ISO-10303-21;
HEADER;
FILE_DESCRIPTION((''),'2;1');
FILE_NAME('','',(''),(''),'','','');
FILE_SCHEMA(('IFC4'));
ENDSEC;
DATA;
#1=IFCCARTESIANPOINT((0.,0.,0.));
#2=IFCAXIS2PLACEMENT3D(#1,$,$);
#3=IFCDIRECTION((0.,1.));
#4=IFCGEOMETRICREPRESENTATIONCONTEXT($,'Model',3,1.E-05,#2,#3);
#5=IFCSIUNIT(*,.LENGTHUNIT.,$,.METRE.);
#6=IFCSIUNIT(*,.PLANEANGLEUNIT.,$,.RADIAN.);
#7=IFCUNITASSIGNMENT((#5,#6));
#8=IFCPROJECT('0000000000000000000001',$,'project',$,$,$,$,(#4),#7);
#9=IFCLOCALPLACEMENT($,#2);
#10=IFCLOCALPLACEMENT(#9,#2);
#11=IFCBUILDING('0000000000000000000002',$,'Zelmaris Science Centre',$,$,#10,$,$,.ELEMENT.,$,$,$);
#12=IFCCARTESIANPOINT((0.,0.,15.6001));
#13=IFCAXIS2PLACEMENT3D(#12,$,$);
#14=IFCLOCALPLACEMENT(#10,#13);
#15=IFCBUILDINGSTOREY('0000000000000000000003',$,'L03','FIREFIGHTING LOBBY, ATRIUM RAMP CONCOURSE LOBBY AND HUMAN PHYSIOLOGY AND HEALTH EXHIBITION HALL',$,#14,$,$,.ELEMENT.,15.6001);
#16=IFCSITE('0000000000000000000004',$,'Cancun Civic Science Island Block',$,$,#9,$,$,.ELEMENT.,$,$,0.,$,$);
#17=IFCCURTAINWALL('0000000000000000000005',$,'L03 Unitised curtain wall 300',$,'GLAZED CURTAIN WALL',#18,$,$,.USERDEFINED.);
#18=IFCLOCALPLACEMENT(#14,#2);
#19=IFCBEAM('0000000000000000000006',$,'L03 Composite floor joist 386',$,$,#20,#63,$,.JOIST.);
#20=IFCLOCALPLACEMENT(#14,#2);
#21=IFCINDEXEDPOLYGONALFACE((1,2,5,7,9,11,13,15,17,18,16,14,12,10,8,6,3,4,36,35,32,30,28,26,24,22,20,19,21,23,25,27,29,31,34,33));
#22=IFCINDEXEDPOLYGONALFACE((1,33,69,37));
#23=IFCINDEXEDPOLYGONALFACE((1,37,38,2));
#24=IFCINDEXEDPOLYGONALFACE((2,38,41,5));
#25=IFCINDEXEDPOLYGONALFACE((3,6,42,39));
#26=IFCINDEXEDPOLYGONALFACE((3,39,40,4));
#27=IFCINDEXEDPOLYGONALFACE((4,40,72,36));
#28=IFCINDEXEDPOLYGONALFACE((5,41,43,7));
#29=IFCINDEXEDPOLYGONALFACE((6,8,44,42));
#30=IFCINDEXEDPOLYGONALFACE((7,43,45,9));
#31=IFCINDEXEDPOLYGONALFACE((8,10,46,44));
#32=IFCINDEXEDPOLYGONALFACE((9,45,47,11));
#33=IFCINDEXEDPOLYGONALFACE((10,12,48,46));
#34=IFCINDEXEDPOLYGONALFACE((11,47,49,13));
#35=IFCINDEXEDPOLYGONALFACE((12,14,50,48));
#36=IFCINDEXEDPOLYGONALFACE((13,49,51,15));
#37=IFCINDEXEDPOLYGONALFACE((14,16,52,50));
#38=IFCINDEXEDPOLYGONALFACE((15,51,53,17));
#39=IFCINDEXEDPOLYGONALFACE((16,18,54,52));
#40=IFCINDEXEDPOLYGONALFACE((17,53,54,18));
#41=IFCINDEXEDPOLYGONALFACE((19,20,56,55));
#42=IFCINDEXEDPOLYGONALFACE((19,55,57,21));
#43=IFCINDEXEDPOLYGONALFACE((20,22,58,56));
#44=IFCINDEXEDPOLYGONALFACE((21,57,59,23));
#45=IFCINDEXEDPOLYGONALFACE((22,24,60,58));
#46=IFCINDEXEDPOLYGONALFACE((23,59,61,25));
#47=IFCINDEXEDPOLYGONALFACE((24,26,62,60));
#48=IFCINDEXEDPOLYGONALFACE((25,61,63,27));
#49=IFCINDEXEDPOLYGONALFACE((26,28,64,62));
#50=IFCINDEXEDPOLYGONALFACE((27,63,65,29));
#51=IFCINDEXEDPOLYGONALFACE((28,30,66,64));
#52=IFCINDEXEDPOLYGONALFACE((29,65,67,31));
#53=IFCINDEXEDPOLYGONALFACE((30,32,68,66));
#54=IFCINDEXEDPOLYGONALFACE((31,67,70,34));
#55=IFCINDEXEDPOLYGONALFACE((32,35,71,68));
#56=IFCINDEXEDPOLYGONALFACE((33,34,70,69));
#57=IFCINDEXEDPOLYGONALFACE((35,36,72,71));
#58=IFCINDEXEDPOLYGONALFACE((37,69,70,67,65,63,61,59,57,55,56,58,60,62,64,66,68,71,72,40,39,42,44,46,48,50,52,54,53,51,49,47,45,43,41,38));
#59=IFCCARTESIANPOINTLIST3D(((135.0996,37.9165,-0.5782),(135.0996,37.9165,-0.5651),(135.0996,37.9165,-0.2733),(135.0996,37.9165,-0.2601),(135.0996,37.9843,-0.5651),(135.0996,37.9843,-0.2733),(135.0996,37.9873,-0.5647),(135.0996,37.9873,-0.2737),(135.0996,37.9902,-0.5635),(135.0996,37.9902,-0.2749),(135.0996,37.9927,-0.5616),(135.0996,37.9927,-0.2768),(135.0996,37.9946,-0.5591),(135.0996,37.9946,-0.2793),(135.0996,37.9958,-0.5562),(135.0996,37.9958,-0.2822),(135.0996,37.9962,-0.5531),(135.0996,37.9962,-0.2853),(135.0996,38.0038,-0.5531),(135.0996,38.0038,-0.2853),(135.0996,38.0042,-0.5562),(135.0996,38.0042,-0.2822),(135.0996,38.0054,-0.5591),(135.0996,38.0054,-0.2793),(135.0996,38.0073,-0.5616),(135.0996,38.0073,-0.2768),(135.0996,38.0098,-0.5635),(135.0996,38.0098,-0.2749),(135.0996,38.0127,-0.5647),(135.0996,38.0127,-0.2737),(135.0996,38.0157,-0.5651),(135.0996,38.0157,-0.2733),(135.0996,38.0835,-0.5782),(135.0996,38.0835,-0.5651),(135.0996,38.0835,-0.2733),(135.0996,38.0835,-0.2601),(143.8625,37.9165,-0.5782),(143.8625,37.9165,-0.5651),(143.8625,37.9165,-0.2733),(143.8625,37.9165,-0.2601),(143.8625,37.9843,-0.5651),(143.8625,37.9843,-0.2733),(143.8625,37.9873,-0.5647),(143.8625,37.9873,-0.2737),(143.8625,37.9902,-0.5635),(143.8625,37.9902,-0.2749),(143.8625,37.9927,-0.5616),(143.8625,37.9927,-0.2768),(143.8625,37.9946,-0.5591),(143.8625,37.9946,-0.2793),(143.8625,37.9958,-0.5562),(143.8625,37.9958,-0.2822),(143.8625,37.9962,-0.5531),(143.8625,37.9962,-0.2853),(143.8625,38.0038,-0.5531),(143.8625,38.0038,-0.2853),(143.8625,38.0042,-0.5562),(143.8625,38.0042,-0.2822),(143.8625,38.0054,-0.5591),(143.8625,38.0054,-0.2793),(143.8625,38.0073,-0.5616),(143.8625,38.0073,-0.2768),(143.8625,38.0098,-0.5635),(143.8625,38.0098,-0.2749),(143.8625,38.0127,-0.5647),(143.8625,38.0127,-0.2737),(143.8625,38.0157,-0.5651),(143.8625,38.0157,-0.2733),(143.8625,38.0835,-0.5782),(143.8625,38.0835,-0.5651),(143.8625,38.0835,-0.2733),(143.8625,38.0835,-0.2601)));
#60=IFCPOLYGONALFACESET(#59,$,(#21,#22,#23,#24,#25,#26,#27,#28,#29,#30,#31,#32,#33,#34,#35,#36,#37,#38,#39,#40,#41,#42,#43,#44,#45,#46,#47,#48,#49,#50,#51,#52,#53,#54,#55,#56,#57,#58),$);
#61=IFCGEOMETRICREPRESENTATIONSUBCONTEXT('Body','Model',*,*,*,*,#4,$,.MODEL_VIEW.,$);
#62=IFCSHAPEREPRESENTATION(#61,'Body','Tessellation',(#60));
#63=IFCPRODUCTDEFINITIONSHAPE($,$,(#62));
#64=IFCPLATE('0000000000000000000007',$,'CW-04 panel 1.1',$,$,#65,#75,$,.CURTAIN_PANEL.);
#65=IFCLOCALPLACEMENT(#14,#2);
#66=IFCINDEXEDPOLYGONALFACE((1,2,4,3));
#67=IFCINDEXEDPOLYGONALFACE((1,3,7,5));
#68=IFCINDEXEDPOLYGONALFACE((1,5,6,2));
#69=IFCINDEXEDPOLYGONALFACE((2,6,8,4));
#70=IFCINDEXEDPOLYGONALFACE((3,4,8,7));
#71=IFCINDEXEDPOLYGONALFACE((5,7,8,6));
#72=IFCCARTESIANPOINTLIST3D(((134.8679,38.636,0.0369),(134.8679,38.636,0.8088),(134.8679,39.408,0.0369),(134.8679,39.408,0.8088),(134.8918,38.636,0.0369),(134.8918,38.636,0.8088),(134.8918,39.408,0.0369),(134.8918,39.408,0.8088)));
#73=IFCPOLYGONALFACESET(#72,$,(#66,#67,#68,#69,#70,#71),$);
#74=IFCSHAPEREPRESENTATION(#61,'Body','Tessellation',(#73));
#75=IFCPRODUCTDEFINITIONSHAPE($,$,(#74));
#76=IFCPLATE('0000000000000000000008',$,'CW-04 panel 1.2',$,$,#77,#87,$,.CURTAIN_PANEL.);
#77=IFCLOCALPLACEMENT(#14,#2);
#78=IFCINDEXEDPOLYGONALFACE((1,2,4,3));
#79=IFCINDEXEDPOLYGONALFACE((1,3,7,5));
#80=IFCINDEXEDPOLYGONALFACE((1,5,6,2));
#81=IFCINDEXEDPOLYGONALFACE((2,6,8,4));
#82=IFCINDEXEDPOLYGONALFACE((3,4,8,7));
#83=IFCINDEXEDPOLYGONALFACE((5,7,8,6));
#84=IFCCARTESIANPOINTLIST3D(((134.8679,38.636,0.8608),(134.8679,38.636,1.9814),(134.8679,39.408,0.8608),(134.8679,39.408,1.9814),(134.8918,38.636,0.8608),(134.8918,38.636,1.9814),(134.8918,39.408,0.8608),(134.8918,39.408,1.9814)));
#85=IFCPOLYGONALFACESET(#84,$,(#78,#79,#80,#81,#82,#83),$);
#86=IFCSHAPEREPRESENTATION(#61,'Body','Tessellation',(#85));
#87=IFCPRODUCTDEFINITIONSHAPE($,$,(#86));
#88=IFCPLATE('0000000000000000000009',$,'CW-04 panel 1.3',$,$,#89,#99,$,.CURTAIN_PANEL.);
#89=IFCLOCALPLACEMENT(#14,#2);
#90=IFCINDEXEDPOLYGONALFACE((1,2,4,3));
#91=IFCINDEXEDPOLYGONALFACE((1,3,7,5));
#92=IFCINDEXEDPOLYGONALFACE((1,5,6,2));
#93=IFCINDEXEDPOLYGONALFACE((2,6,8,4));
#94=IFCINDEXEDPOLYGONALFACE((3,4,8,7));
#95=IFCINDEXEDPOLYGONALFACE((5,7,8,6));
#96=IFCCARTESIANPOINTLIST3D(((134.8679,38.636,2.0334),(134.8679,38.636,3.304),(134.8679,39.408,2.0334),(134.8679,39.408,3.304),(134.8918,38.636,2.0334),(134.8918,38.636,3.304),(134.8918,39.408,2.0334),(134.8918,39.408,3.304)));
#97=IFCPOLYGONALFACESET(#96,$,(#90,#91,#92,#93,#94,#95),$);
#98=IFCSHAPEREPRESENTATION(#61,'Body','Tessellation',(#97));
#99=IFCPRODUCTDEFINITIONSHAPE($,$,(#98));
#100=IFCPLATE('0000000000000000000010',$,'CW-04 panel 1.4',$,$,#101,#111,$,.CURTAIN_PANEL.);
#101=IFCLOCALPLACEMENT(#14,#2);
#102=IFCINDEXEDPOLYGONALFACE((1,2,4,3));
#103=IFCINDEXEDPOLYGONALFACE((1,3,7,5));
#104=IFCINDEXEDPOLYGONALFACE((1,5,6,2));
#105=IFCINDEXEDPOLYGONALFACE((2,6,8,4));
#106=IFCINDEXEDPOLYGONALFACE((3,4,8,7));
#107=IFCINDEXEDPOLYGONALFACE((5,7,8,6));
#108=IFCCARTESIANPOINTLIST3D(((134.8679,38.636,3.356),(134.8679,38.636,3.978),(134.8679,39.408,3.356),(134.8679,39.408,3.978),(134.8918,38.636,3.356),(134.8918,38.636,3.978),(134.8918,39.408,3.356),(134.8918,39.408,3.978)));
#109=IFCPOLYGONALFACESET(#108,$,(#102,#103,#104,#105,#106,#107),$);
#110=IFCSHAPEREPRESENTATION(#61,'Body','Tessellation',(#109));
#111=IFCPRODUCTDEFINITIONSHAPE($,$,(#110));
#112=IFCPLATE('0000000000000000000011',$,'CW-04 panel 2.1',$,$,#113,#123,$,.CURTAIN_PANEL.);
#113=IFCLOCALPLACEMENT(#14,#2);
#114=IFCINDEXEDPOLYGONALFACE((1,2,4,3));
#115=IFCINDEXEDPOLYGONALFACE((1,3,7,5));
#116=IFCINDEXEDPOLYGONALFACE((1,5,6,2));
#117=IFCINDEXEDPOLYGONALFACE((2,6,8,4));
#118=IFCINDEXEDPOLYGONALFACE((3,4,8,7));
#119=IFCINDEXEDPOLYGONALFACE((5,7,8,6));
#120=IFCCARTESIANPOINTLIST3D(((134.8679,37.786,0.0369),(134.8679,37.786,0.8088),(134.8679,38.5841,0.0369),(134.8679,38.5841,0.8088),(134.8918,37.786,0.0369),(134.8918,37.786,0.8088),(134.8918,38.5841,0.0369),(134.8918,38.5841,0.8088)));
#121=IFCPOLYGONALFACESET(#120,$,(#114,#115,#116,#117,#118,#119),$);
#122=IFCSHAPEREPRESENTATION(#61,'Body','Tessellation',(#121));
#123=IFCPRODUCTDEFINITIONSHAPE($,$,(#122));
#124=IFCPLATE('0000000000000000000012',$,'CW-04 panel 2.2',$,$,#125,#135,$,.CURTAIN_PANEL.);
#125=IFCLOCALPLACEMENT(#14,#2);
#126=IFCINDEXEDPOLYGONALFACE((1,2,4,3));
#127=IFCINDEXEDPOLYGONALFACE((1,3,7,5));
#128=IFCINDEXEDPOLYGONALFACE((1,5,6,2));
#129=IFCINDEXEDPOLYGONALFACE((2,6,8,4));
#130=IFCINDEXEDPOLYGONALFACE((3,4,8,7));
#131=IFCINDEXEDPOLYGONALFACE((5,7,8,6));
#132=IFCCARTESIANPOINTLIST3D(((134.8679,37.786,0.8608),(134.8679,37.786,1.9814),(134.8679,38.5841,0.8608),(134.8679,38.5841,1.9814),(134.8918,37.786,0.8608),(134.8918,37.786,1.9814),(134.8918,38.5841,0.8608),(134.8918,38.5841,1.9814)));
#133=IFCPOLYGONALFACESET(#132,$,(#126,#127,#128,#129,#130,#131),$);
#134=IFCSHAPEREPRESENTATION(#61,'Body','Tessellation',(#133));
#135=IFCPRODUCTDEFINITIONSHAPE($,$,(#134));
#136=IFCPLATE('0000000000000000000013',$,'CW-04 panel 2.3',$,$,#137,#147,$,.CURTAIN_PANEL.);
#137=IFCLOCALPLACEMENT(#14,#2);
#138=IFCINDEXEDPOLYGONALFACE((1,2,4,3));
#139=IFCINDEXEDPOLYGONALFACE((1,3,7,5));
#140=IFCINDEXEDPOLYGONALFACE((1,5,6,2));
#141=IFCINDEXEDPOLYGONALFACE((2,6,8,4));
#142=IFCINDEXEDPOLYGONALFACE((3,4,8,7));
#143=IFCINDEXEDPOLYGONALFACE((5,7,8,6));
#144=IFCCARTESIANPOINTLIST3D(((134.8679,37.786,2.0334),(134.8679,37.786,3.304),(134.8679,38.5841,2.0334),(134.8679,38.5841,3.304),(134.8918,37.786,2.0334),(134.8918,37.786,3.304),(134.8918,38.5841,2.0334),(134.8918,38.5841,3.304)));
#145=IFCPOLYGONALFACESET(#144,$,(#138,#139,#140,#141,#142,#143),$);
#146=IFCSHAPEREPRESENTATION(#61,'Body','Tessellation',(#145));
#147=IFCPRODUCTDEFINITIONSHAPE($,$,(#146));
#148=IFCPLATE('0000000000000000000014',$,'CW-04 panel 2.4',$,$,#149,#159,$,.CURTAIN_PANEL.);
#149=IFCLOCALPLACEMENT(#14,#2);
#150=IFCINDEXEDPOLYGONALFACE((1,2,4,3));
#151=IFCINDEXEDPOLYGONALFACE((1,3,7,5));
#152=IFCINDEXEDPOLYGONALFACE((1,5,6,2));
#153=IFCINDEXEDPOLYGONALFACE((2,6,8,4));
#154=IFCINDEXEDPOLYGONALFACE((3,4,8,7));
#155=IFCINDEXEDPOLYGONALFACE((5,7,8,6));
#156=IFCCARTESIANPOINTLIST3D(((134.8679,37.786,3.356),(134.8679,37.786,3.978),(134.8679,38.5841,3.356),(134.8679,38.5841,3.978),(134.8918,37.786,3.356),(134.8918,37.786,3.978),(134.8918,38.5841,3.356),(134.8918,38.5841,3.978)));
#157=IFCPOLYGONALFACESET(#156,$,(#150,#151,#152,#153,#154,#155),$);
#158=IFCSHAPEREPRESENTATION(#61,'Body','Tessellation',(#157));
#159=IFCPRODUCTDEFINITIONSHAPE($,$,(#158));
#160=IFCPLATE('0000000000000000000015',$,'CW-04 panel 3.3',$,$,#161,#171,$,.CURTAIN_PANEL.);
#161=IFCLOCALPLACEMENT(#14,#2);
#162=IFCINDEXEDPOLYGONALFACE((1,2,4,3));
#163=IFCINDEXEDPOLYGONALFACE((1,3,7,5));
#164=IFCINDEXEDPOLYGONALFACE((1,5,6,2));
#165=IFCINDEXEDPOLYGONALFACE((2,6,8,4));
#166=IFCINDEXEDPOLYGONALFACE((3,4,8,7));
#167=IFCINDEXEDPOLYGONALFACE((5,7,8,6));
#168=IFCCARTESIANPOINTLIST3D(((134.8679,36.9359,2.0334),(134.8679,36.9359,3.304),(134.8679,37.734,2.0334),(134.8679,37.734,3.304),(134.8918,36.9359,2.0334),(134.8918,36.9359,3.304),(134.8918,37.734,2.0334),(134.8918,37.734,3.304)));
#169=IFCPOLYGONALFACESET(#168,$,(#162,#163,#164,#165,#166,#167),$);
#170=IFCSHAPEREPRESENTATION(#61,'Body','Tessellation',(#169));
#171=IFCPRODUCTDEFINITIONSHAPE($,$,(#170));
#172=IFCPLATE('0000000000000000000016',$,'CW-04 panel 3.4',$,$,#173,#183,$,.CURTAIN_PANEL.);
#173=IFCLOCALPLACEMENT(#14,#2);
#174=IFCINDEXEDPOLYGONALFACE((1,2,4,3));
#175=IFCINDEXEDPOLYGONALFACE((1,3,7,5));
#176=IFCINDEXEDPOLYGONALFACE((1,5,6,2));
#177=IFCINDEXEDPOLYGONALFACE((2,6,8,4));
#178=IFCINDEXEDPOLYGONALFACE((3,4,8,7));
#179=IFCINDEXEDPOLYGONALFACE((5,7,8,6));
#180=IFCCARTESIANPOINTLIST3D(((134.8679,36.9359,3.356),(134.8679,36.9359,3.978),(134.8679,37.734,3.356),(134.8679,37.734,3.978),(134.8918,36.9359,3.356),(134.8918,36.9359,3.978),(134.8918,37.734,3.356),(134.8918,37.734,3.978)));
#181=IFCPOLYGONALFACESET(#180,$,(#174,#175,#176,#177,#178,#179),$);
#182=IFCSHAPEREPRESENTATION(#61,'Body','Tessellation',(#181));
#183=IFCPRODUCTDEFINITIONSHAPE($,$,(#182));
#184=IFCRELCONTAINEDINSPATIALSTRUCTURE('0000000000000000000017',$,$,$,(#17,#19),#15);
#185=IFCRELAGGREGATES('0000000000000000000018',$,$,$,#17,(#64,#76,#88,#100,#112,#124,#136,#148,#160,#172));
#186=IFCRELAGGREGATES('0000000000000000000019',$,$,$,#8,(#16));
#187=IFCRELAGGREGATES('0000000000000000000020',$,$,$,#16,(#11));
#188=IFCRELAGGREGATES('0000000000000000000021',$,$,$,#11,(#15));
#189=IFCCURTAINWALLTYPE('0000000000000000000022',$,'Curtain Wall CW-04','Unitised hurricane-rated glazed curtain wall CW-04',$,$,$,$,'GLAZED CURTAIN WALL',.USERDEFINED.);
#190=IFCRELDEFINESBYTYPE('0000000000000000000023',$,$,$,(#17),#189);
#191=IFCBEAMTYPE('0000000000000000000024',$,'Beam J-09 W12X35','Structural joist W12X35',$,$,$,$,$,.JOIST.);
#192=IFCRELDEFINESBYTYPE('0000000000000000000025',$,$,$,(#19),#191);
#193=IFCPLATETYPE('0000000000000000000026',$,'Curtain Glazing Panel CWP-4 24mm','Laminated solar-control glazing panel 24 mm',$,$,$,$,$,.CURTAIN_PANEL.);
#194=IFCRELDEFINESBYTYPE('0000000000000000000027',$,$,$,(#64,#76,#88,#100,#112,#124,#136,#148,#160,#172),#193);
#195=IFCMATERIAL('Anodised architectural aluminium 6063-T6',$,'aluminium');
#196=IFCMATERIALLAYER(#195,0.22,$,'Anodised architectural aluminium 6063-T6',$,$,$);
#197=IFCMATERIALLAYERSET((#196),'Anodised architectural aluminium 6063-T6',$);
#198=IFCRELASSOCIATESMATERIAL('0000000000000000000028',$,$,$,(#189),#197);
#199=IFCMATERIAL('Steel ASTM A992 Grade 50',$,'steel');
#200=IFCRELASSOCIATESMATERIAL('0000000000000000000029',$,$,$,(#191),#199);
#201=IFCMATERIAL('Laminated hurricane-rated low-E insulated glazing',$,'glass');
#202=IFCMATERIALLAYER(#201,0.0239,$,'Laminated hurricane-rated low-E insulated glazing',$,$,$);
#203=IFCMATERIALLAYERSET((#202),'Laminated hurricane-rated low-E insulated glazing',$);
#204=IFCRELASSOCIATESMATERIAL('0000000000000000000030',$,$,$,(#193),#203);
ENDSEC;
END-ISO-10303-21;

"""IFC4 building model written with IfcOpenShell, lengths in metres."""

from ifc_helpers import new_model, si_unit, direction, frame, origin, origin_2d, place, context, subcontext, project, spatial, rectangle, i_section, extrude, material, layer, layer_set, material_profile, profile_set, type_object, element, aggregate, save


model = new_model("IFC4")

# Units and contexts
model_context = context("Model", 3, precision=1e-05, world=origin(), true_north=direction((0.0, 1.0)))
body_context = subcontext(model_context, "Body", "Model", "MODEL_VIEW")
ifc_project = project(units=[si_unit("LENGTHUNIT", "METRE"), si_unit("PLANEANGLEUNIT", "RADIAN")], contexts=[model_context])

# Site, building, storey
site_placement = place(None, origin())
site = spatial("IfcSite", under=ifc_project, at=site_placement, Name="Cancun Civic Science Island Block", CompositionType="ELEMENT", RefElevation=0.0)
building_placement = place(site_placement, origin())
building = spatial("IfcBuilding", under=site, at=building_placement, Name="Zelmaris Science Centre", CompositionType="ELEMENT")
storey_placement = place(building_placement, frame((0.0, 0.0, 15.6001)))
storey = spatial("IfcBuildingStorey", under=building, at=storey_placement, Name="L03", Description="FIREFIGHTING LOBBY, ATRIUM RAMP CONCOURSE LOBBY AND HUMAN PHYSIOLOGY AND HEALTH EXHIBITION HALL", CompositionType="ELEMENT", Elevation=15.6001)

# Shared definitions
ifc_material_1 = material(Name="Steel ASTM A992 Grade 50", Category="steel")

# Curtain wall
ifc_material_2 = material(Name="Anodised architectural aluminium 6063-T6", Category="aluminium")
ifc_layer_1 = layer(ifc_material_2, 0.22, Name="Anodised architectural aluminium 6063-T6")
ifc_layer_set_1 = layer_set([ifc_layer_1], Name="Anodised architectural aluminium 6063-T6")
curtain_wall_type = type_object("IfcCurtainWallType", Name="Curtain Wall CW-04", Description="Unitised hurricane-rated glazed curtain wall CW-04", ElementType="GLAZED CURTAIN WALL", PredefinedType="USERDEFINED", material=ifc_layer_set_1)
curtain_wall_placement = place(storey_placement, origin())
curtain_wall = element("IfcCurtainWall", 1, at=curtain_wall_placement, inside=storey, type_object=curtain_wall_type, Name="L03 Unitised curtain wall 300", ObjectType="GLAZED CURTAIN WALL", PredefinedType="USERDEFINED")

# Beam
ifc_material_profile_1 = material_profile(ifc_material_1, i_section(OverallWidth=0.167, OverallDepth=0.3181, WebThickness=0.0076, FlangeThickness=0.0132, FilletRadius=0.012, at=origin_2d()), Name="W12X35")
ifc_profile_set_1 = profile_set([ifc_material_profile_1], Name="Steel ASTM A992 Grade 50")
beam_type_1 = type_object("IfcBeamType", Name="Beam J-09 W12X35", Description="Structural joist W12X35", PredefinedType="JOIST", material=ifc_profile_set_1)
beam_1_placement = place(storey_placement, frame((135.0996, 38.0, -0.4192), z_axis=(1.0, 0.0, 0.0), x_axis=(0.0, 1.0, 0.0)))
element("IfcBeam", 2, at=beam_1_placement, inside=storey, type_object=beam_type_1, Name="L03 Composite floor joist 386", PredefinedType="JOIST", context=body_context, shape_type="SweptSolid", body=[
    extrude(i_section(OverallWidth=0.167, OverallDepth=0.3181, WebThickness=0.0076, FlangeThickness=0.0132, FilletRadius=0.012, at=origin_2d()), origin(), (0.0, 0.0, 1.0), 8.7629),
])

# Plates
ifc_material_3 = material(Name="Laminated hurricane-rated low-E insulated glazing", Category="glass")
ifc_layer_2 = layer(ifc_material_3, 0.0239, Name="Laminated hurricane-rated low-E insulated glazing")
ifc_layer_set_2 = layer_set([ifc_layer_2], Name="Laminated hurricane-rated low-E insulated glazing")
plate_type = type_object("IfcPlateType", Name="Curtain Glazing Panel CWP-4 24mm", Description="Laminated solar-control glazing panel 24 mm", PredefinedType="CURTAIN_PANEL", material=ifc_layer_set_2)
plate_1_placement = place(storey_placement, frame((134.8799, 39.022, 0.0369), z_axis=(0.0, 0.0, 1.0), x_axis=(0.0, -1.0, 0.0)))
plate_1 = element("IfcPlate", 3, at=plate_1_placement, type_object=plate_type, Name="CW-04 panel 1.1", PredefinedType="CURTAIN_PANEL", context=body_context, shape_type="SweptSolid", body=[
    extrude(rectangle(XDim=0.772, YDim=0.0239, at=origin_2d()), origin(), (0.0, 0.0, 1.0), 0.772),
])
plate_2_placement = place(storey_placement, frame((134.8799, 39.022, 0.8608), z_axis=(0.0, 0.0, 1.0), x_axis=(0.0, -1.0, 0.0)))
plate_2 = element("IfcPlate", 4, at=plate_2_placement, type_object=plate_type, Name="CW-04 panel 1.2", PredefinedType="CURTAIN_PANEL", context=body_context, shape_type="SweptSolid", body=[
    extrude(rectangle(XDim=0.772, YDim=0.0239, at=origin_2d()), origin(), (0.0, 0.0, 1.0), 1.1206),
])
plate_3_placement = place(storey_placement, frame((134.8799, 39.022, 2.0334), z_axis=(0.0, 0.0, 1.0), x_axis=(0.0, -1.0, 0.0)))
plate_3 = element("IfcPlate", 5, at=plate_3_placement, type_object=plate_type, Name="CW-04 panel 1.3", PredefinedType="CURTAIN_PANEL", context=body_context, shape_type="SweptSolid", body=[
    extrude(rectangle(XDim=0.772, YDim=0.0239, at=origin_2d()), origin(), (0.0, 0.0, 1.0), 1.2705),
])
plate_4_placement = place(storey_placement, frame((134.8799, 39.022, 3.356), z_axis=(0.0, 0.0, 1.0), x_axis=(0.0, -1.0, 0.0)))
plate_4 = element("IfcPlate", 6, at=plate_4_placement, type_object=plate_type, Name="CW-04 panel 1.4", PredefinedType="CURTAIN_PANEL", context=body_context, shape_type="SweptSolid", body=[
    extrude(rectangle(XDim=0.772, YDim=0.0239, at=origin_2d()), origin(), (0.0, 0.0, 1.0), 0.6221),
])
plate_5_placement = place(storey_placement, frame((134.8799, 38.1851, 0.0369), z_axis=(0.0, 0.0, 1.0), x_axis=(0.0, -1.0, 0.0)))
plate_5 = element("IfcPlate", 7, at=plate_5_placement, type_object=plate_type, Name="CW-04 panel 2.1", PredefinedType="CURTAIN_PANEL", context=body_context, shape_type="SweptSolid", body=[
    extrude(rectangle(XDim=0.7981, YDim=0.0239, at=origin_2d()), origin(), (0.0, 0.0, 1.0), 0.772),
])
plate_6_placement = place(storey_placement, frame((134.8799, 38.1851, 0.8608), z_axis=(0.0, 0.0, 1.0), x_axis=(0.0, -1.0, 0.0)))
plate_6 = element("IfcPlate", 8, at=plate_6_placement, type_object=plate_type, Name="CW-04 panel 2.2", PredefinedType="CURTAIN_PANEL", context=body_context, shape_type="SweptSolid", body=[
    extrude(rectangle(XDim=0.7981, YDim=0.0239, at=origin_2d()), origin(), (0.0, 0.0, 1.0), 1.1206),
])
plate_7_placement = place(storey_placement, frame((134.8799, 38.1851, 2.0334), z_axis=(0.0, 0.0, 1.0), x_axis=(0.0, -1.0, 0.0)))
plate_7 = element("IfcPlate", 9, at=plate_7_placement, type_object=plate_type, Name="CW-04 panel 2.3", PredefinedType="CURTAIN_PANEL", context=body_context, shape_type="SweptSolid", body=[
    extrude(rectangle(XDim=0.7981, YDim=0.0239, at=origin_2d()), origin(), (0.0, 0.0, 1.0), 1.2705),
])
plate_8_placement = place(storey_placement, frame((134.8799, 38.1851, 3.356), z_axis=(0.0, 0.0, 1.0), x_axis=(0.0, -1.0, 0.0)))
plate_8 = element("IfcPlate", 10, at=plate_8_placement, type_object=plate_type, Name="CW-04 panel 2.4", PredefinedType="CURTAIN_PANEL", context=body_context, shape_type="SweptSolid", body=[
    extrude(rectangle(XDim=0.7981, YDim=0.0239, at=origin_2d()), origin(), (0.0, 0.0, 1.0), 0.6221),
])
plate_9_placement = place(storey_placement, frame((134.8799, 37.335, 2.0334), z_axis=(0.0, 0.0, 1.0), x_axis=(0.0, -1.0, 0.0)))
plate_9 = element("IfcPlate", 11, at=plate_9_placement, type_object=plate_type, Name="CW-04 panel 3.3", PredefinedType="CURTAIN_PANEL", context=body_context, shape_type="SweptSolid", body=[
    extrude(rectangle(XDim=0.7981, YDim=0.0239, at=origin_2d()), origin(), (0.0, 0.0, 1.0), 1.2705),
])
plate_10_placement = place(storey_placement, frame((134.8799, 37.335, 3.356), z_axis=(0.0, 0.0, 1.0), x_axis=(0.0, -1.0, 0.0)))
plate_10 = element("IfcPlate", 12, at=plate_10_placement, type_object=plate_type, Name="CW-04 panel 3.4", PredefinedType="CURTAIN_PANEL", context=body_context, shape_type="SweptSolid", body=[
    extrude(rectangle(XDim=0.7981, YDim=0.0239, at=origin_2d()), origin(), (0.0, 0.0, 1.0), 0.6221),
])
aggregate(curtain_wall, [plate_1, plate_2, plate_3, plate_4, plate_5, plate_6, plate_7, plate_8, plate_9, plate_10])

save(model, "model.ifc")
